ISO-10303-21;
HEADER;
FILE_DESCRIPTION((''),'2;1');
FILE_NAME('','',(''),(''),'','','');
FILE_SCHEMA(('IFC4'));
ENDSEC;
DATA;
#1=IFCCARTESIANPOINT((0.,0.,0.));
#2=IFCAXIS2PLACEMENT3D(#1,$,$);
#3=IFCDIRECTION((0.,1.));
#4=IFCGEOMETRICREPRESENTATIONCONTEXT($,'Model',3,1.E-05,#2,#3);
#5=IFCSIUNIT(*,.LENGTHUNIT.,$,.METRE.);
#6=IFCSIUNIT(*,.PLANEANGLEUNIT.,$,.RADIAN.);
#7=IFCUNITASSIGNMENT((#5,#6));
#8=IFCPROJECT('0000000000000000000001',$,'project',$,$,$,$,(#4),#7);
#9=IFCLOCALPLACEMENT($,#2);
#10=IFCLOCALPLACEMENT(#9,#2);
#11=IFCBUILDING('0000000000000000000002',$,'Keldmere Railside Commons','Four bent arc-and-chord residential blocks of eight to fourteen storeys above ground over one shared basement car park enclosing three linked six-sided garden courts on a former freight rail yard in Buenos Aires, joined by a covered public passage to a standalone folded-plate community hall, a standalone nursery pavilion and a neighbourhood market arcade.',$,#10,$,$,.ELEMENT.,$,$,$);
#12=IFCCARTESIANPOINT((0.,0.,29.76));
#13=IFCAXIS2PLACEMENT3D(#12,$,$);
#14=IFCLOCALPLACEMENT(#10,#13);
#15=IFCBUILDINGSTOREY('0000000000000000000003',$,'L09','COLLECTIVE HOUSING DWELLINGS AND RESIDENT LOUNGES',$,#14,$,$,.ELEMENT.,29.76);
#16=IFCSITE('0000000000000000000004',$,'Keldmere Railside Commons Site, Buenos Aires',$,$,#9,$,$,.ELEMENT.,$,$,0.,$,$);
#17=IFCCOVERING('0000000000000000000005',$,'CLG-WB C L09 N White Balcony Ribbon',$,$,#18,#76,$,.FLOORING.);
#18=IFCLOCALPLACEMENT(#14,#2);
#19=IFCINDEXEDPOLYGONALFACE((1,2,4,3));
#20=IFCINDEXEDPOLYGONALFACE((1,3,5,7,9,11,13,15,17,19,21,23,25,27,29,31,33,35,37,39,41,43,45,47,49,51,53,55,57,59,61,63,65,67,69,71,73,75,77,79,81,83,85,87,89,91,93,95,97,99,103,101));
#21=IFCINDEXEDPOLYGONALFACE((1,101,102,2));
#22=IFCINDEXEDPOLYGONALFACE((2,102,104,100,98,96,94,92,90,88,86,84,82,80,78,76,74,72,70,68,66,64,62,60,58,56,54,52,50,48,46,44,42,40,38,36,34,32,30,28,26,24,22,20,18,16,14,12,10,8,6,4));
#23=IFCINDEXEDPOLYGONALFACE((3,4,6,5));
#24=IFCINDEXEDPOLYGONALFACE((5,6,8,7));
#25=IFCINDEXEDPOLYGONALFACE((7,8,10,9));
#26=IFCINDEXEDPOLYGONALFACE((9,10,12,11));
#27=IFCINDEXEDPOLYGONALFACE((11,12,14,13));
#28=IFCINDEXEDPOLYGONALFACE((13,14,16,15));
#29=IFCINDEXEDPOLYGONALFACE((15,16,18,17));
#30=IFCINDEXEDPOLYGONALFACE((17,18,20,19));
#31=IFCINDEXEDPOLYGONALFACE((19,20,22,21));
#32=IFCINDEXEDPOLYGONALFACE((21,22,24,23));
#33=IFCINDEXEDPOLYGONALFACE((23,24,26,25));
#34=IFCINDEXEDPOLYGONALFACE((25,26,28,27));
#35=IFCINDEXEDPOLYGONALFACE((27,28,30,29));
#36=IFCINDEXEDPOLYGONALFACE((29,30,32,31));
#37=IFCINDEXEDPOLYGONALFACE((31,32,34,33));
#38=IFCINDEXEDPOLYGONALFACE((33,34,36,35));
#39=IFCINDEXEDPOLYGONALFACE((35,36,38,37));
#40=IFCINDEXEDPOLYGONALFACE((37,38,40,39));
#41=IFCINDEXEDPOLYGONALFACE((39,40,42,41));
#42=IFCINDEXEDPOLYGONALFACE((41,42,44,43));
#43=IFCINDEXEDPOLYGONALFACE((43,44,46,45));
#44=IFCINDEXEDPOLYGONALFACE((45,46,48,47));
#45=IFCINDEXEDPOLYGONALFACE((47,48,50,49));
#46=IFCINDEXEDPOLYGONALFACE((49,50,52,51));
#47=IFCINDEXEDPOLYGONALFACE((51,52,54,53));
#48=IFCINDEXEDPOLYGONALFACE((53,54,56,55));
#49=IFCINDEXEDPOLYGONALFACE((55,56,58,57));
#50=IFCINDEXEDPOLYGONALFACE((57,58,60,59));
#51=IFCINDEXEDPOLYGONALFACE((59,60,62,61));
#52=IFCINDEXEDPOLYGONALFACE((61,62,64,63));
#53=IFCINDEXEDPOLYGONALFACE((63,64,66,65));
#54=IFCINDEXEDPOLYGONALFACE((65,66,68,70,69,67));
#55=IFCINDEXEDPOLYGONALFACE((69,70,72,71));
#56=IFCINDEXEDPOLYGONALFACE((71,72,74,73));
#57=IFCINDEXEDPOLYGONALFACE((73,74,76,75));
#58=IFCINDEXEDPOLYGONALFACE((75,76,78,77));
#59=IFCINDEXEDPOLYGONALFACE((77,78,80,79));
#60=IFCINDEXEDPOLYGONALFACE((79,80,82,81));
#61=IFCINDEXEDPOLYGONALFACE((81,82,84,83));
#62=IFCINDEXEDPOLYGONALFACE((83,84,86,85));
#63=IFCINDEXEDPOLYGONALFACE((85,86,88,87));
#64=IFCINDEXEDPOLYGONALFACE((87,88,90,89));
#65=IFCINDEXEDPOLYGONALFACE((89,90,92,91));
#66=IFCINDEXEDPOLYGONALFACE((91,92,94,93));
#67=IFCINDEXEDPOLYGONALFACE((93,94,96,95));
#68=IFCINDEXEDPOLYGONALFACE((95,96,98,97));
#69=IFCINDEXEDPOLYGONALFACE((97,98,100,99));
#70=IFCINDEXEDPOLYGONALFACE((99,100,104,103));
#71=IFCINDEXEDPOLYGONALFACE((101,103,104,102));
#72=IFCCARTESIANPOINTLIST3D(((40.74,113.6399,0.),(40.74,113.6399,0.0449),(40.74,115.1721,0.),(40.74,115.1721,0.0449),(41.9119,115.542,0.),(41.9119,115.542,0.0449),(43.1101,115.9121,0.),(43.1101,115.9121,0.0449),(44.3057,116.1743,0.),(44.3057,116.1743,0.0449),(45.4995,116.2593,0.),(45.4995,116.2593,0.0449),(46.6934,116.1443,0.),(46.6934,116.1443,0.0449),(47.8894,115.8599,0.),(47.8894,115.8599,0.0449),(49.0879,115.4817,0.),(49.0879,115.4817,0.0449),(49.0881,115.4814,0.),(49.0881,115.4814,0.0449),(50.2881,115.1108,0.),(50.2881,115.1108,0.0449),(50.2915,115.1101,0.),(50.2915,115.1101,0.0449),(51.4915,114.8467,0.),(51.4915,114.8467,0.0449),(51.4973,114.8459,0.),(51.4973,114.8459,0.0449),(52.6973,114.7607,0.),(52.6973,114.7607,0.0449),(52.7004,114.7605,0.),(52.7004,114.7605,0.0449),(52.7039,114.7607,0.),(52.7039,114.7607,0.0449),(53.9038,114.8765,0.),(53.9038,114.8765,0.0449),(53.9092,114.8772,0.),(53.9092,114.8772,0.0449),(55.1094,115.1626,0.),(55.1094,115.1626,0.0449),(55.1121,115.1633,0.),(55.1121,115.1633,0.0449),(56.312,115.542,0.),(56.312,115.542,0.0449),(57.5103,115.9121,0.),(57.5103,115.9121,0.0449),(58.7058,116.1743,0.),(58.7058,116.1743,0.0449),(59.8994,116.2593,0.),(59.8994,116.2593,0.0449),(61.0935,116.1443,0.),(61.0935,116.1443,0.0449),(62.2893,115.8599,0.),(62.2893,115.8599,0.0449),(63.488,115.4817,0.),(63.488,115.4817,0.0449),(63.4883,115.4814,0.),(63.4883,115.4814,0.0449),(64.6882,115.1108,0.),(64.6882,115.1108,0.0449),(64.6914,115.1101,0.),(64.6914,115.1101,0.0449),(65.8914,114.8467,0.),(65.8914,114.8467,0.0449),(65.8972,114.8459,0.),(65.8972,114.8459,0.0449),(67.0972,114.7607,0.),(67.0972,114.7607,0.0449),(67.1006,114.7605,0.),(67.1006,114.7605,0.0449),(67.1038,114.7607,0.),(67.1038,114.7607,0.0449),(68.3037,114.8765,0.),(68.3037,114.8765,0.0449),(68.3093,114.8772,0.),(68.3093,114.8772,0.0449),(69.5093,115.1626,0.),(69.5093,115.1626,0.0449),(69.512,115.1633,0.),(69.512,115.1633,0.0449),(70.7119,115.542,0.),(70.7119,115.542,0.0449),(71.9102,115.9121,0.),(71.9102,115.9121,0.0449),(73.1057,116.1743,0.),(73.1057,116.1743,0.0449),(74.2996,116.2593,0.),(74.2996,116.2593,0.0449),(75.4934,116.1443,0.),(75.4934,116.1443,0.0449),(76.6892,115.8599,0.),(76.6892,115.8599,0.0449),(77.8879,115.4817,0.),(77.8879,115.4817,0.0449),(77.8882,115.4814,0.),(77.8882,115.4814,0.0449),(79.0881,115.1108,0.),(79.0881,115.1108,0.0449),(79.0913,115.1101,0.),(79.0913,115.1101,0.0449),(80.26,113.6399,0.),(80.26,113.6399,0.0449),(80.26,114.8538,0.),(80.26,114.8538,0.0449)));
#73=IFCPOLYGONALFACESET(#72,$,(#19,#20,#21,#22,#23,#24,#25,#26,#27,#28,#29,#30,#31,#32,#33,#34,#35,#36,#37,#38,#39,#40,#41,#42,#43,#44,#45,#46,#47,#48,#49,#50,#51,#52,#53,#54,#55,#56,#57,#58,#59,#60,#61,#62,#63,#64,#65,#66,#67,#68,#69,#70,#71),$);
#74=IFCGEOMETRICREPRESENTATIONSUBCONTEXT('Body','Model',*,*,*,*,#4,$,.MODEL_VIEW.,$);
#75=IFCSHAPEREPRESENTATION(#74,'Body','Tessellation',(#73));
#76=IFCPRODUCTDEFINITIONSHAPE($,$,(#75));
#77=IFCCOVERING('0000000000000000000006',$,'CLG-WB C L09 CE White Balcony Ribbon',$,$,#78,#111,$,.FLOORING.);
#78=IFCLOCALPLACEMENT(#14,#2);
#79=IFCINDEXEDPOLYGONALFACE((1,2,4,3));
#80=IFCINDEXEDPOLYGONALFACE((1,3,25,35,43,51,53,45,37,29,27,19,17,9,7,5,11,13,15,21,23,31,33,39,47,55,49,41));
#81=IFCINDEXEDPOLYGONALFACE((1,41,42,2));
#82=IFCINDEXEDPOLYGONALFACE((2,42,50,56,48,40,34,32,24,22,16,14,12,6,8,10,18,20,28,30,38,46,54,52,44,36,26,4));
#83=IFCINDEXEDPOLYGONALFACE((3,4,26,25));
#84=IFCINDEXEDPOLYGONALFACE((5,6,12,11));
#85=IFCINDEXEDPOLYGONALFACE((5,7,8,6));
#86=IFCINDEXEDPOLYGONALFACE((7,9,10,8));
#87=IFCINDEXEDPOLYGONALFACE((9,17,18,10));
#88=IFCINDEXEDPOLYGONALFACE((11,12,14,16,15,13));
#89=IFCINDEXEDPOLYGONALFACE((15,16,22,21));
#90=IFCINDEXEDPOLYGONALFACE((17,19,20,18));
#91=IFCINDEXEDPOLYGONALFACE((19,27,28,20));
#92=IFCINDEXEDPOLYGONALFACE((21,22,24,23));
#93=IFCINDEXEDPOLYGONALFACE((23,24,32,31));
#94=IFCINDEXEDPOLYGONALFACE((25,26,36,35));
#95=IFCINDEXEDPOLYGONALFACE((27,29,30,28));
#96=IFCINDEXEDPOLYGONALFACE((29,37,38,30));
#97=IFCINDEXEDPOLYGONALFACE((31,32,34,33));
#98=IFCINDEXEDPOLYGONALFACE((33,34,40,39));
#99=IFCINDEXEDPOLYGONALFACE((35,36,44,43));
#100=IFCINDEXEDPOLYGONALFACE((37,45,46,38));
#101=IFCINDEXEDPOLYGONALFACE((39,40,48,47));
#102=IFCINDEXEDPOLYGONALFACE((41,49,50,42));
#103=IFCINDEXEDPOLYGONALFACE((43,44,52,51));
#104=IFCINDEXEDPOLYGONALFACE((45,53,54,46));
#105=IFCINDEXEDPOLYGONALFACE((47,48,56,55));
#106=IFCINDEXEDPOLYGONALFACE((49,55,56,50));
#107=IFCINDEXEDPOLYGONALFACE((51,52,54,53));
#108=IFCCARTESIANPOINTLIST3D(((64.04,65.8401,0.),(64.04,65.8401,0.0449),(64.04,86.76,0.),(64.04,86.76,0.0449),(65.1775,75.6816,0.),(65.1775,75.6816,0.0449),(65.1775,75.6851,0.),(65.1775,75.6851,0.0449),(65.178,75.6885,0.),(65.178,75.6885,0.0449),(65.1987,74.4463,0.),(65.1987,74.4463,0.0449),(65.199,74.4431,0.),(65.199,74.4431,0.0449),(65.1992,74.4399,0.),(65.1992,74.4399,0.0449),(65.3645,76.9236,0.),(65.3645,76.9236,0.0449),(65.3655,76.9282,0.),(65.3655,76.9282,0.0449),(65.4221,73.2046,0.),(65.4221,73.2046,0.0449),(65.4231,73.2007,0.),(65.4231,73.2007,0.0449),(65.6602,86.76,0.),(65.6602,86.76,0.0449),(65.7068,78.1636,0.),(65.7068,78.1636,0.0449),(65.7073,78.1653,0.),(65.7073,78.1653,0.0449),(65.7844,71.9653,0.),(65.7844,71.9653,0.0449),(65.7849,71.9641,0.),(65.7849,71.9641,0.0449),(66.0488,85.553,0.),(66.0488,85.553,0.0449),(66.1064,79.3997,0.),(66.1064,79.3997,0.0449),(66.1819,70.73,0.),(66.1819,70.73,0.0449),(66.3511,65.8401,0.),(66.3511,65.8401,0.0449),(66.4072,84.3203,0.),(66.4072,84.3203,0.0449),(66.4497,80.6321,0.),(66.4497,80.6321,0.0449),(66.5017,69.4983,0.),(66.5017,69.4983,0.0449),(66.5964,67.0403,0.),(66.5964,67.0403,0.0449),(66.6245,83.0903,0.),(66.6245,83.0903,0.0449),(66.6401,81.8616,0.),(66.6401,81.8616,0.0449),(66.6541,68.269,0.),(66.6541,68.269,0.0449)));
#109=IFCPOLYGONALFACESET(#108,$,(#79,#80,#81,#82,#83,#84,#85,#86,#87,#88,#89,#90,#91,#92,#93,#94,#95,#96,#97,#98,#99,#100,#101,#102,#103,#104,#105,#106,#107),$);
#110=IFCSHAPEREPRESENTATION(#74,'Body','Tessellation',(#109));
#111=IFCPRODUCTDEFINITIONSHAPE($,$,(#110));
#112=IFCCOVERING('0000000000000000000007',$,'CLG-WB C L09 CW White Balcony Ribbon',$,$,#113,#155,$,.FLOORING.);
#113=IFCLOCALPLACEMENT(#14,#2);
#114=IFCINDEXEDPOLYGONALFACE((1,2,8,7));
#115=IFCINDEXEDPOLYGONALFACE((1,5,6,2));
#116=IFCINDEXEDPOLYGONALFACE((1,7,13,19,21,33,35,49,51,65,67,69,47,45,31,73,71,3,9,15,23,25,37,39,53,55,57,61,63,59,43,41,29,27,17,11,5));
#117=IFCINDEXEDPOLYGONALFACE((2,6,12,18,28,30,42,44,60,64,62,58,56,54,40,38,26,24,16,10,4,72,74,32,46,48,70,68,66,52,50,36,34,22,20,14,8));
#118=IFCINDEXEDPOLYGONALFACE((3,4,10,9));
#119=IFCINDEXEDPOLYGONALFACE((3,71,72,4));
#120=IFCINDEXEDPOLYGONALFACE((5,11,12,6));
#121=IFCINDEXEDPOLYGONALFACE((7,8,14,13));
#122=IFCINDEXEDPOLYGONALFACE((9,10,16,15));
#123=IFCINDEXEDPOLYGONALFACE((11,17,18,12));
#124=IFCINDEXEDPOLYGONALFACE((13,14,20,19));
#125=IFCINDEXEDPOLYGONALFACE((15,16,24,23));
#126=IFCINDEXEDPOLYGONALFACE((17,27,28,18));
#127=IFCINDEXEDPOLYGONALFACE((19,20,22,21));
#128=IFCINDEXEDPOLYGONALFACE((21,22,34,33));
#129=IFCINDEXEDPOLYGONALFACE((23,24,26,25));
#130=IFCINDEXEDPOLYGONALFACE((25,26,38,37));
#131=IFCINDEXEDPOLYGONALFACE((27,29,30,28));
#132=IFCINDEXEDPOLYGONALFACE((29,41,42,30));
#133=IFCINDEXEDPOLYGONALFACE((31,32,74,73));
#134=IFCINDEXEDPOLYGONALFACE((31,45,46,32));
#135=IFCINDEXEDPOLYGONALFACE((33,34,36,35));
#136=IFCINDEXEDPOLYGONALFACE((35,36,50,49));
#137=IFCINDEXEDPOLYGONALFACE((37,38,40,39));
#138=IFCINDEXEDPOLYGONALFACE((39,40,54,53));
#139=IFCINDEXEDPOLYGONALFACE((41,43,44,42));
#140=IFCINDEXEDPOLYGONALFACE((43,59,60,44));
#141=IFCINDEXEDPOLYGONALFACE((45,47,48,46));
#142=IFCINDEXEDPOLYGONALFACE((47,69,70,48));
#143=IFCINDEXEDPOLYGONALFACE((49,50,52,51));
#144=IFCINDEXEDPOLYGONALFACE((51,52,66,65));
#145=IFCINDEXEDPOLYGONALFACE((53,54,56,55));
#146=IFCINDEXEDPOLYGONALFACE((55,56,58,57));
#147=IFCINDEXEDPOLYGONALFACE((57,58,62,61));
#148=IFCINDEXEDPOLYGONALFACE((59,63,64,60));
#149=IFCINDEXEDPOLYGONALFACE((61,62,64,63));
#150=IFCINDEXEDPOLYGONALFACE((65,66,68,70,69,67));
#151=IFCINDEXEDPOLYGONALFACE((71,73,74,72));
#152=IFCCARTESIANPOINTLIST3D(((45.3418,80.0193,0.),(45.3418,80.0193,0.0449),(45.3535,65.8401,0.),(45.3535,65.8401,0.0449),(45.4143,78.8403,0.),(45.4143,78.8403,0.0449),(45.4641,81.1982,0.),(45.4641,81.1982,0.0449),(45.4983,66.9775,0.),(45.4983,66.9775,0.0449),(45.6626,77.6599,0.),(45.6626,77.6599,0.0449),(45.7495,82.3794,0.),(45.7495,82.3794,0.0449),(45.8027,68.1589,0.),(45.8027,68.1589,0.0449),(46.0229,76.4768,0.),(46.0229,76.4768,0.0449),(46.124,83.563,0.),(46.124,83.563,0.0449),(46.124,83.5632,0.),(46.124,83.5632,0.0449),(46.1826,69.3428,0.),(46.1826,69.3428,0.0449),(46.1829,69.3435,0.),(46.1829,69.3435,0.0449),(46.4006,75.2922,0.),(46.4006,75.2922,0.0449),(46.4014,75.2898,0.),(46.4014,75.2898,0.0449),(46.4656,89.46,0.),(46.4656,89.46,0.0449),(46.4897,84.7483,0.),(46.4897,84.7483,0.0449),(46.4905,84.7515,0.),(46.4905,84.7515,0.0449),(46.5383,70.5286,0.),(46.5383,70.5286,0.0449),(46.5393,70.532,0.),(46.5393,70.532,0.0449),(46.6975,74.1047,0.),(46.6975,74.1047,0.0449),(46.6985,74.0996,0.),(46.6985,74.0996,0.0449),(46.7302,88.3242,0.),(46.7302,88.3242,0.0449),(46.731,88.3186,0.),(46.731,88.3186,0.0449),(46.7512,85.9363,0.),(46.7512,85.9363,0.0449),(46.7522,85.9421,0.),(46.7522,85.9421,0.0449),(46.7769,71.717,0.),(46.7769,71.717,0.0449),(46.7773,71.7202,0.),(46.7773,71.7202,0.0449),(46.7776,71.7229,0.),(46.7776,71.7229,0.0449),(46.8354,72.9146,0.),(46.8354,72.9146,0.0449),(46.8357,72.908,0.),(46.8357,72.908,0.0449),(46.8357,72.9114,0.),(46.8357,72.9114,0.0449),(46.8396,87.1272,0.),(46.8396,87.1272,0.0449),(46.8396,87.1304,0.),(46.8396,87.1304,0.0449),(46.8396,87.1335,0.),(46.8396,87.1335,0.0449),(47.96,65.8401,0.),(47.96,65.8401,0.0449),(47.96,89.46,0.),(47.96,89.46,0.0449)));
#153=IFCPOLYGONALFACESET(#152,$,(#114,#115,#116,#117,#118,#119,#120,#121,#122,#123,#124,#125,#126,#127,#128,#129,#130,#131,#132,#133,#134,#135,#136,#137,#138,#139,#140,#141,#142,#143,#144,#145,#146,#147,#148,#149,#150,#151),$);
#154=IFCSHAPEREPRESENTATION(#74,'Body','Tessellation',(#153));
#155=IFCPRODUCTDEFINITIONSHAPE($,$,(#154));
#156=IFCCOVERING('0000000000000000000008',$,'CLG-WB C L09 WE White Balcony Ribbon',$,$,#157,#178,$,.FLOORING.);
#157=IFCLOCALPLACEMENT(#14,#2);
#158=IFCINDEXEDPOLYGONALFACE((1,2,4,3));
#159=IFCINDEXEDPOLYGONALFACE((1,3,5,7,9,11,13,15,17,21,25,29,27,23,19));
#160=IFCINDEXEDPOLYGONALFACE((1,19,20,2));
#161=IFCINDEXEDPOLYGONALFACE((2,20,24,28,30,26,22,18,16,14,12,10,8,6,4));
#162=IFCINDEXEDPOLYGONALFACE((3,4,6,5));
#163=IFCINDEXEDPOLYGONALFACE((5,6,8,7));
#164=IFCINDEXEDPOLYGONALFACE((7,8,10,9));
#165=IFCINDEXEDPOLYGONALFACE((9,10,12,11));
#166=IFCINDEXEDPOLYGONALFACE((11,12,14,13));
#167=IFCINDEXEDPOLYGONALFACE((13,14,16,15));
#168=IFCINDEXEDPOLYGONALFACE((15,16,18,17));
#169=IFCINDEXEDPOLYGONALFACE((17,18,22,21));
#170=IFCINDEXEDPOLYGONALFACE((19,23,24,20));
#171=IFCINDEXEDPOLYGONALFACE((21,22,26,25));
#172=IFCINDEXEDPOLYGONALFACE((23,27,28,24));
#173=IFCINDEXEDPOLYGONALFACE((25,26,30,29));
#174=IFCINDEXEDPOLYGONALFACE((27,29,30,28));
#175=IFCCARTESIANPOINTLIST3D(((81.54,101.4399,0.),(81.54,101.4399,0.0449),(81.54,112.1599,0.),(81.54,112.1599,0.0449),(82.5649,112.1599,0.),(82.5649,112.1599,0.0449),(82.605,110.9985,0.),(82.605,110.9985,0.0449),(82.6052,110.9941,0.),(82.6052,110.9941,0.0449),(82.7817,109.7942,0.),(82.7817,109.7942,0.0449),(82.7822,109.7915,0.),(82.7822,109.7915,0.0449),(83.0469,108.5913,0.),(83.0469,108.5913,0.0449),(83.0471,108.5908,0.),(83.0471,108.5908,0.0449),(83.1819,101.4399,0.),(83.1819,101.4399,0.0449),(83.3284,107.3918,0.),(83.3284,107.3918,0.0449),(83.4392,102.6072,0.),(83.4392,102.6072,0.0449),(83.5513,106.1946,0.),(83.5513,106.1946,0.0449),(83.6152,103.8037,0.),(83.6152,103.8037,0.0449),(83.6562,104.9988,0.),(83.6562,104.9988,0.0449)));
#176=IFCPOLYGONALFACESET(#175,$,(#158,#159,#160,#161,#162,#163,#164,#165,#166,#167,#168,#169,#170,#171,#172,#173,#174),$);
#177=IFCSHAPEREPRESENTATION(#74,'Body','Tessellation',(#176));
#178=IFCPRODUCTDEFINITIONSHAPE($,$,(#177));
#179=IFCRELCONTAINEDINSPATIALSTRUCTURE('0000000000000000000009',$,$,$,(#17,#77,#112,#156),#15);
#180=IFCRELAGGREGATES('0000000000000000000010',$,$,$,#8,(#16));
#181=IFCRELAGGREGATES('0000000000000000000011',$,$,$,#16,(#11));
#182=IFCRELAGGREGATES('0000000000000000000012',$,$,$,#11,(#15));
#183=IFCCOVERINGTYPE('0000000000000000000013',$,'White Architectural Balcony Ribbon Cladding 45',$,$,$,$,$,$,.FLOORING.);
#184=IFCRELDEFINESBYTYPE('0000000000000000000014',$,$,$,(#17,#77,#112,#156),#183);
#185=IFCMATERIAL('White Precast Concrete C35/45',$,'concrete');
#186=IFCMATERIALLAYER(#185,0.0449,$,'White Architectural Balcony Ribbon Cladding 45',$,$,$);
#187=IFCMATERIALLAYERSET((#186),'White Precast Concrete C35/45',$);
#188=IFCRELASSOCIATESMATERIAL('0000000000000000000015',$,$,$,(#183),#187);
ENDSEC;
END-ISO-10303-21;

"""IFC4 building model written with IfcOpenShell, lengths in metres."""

from ifc_helpers import new_model, si_unit, direction, frame, origin, place, context, subcontext, project, spatial, polyline, outline, extrude, material, layer, layer_set, type_object, element, save


model = new_model("IFC4")

# Units and contexts
model_context = context("Model", 3, precision=1e-05, world=origin(), true_north=direction((0.0, 1.0)))
body_context = subcontext(model_context, "Body", "Model", "MODEL_VIEW")
ifc_project = project(units=[si_unit("LENGTHUNIT", "METRE"), si_unit("PLANEANGLEUNIT", "RADIAN")], contexts=[model_context])

# Site, building, storey
site_placement = place(None, origin())
site = spatial("IfcSite", under=ifc_project, at=site_placement, Name="Keldmere Railside Commons Site, Buenos Aires", CompositionType="ELEMENT", RefElevation=0.0)
building_placement = place(site_placement, origin())
building = spatial("IfcBuilding", under=site, at=building_placement, Name="Keldmere Railside Commons", Description="Four bent arc-and-chord residential blocks of eight to fourteen storeys above ground over one shared basement car park enclosing three linked six-sided garden courts on a former freight rail yard in Buenos Aires, joined by a covered public passage to a standalone folded-plate community hall, a standalone nursery pavilion and a neighbourhood market arcade.", CompositionType="ELEMENT")
storey_placement = place(building_placement, frame((0.0, 0.0, 29.76)))
storey = spatial("IfcBuildingStorey", under=building, at=storey_placement, Name="L09", Description="COLLECTIVE HOUSING DWELLINGS AND RESIDENT LOUNGES", CompositionType="ELEMENT", Elevation=29.76)

# Coverings
ifc_material_1 = material(Name="White Precast Concrete C35/45", Category="concrete")
ifc_layer_1 = layer(ifc_material_1, 0.0449, Name="White Architectural Balcony Ribbon Cladding 45")
ifc_layer_set_1 = layer_set([ifc_layer_1], Name="White Precast Concrete C35/45")
covering_type = type_object("IfcCoveringType", Name="White Architectural Balcony Ribbon Cladding 45", PredefinedType="FLOORING", material=ifc_layer_set_1)
covering_1_placement = place(storey_placement, origin())
element("IfcCovering", 1, at=covering_1_placement, inside=storey, type_object=covering_type, Name="CLG-WB C L09 N White Balcony Ribbon", PredefinedType="FLOORING", context=body_context, shape_type="SweptSolid", body=[
    extrude(outline(polyline([(80.26, 113.6399), (80.26, 114.8538), (79.0913, 115.1101), (79.0881, 115.1108), (77.8882, 115.4814), (77.8879, 115.4817), (76.6892, 115.8599), (75.4934, 116.1443), (74.2996, 116.2593), (73.1057, 116.1743), (71.9102, 115.9121), (70.7119, 115.542), (69.512, 115.1633), (69.5093, 115.1626), (68.3093, 114.8772), (68.3037, 114.8765), (67.1038, 114.7607), (67.1006, 114.7605), (67.0972, 114.7607), (65.8972, 114.8459), (65.8914, 114.8467), (64.6914, 115.1101), (64.6882, 115.1108), (63.4883, 115.4814), (63.488, 115.4817), (62.2893, 115.8599), (61.0935, 116.1443), (59.8994, 116.2593), (58.7058, 116.1743), (57.5103, 115.9121), (56.312, 115.542), (55.1121, 115.1633), (55.1094, 115.1626), (53.9092, 114.8772), (53.9038, 114.8765), (52.7039, 114.7607), (52.7004, 114.7605), (52.6973, 114.7607), (51.4973, 114.8459), (51.4915, 114.8467), (50.2915, 115.1101), (50.2881, 115.1108), (49.0881, 115.4814), (49.0879, 115.4817), (47.8894, 115.8599), (46.6934, 116.1443), (45.4995, 116.2593), (44.3057, 116.1743), (43.1101, 115.9121), (41.9119, 115.542), (40.74, 115.1721), (40.74, 113.6399), (80.26, 113.6399)])), origin(), (0.0, 0.0, 1.0), 0.0449),
])
covering_2_placement = place(storey_placement, origin())
element("IfcCovering", 2, at=covering_2_placement, inside=storey, type_object=covering_type, Name="CLG-WB C L09 CE White Balcony Ribbon", PredefinedType="FLOORING", context=body_context, shape_type="SweptSolid", body=[
    extrude(outline(polyline([(66.5964, 67.0403), (66.6541, 68.269), (66.5017, 69.4983), (66.1819, 70.73), (65.7849, 71.9641), (65.7844, 71.9653), (65.4231, 73.2007), (65.4221, 73.2046), (65.1992, 74.4399), (65.199, 74.4431), (65.1987, 74.4463), (65.1775, 75.6816), (65.1775, 75.6851), (65.178, 75.6885), (65.3645, 76.9236), (65.3655, 76.9282), (65.7068, 78.1636), (65.7073, 78.1653), (66.1064, 79.3997), (66.4497, 80.6321), (66.6401, 81.8616), (66.6245, 83.0903), (66.4072, 84.3203), (66.0488, 85.553), (65.6602, 86.76), (64.04, 86.76), (64.04, 65.8401), (66.3511, 65.8401), (66.5964, 67.0403)])), origin(), (0.0, 0.0, 1.0), 0.0449),
])
covering_3_placement = place(storey_placement, origin())
element("IfcCovering", 3, at=covering_3_placement, inside=storey, type_object=covering_type, Name="CLG-WB C L09 CW White Balcony Ribbon", PredefinedType="FLOORING", context=body_context, shape_type="SweptSolid", body=[
    extrude(outline(polyline([(47.96, 89.46), (46.4656, 89.46), (46.7302, 88.3242), (46.731, 88.3186), (46.8396, 87.1335), (46.8396, 87.1304), (46.8396, 87.1272), (46.7522, 85.9421), (46.7512, 85.9363), (46.4905, 84.7515), (46.4897, 84.7483), (46.124, 83.5632), (46.124, 83.563), (45.7495, 82.3794), (45.4641, 81.1982), (45.3418, 80.0193), (45.4143, 78.8403), (45.6626, 77.6599), (46.0229, 76.4768), (46.4006, 75.2922), (46.4014, 75.2898), (46.6975, 74.1047), (46.6985, 74.0996), (46.8354, 72.9146), (46.8357, 72.9114), (46.8357, 72.908), (46.7776, 71.7229), (46.7773, 71.7202), (46.7769, 71.717), (46.5393, 70.532), (46.5383, 70.5286), (46.1829, 69.3435), (46.1826, 69.3428), (45.8027, 68.1589), (45.4983, 66.9775), (45.3535, 65.8401), (47.96, 65.8401), (47.96, 89.46)])), origin(), (0.0, 0.0, 1.0), 0.0449),
])
covering_4_placement = place(storey_placement, origin())
element("IfcCovering", 4, at=covering_4_placement, inside=storey, type_object=covering_type, Name="CLG-WB C L09 WE White Balcony Ribbon", PredefinedType="FLOORING", context=body_context, shape_type="SweptSolid", body=[
    extrude(outline(polyline([(83.4392, 102.6072), (83.6152, 103.8037), (83.6562, 104.9988), (83.5513, 106.1946), (83.3284, 107.3918), (83.0471, 108.5908), (83.0469, 108.5913), (82.7822, 109.7915), (82.7817, 109.7942), (82.6052, 110.9941), (82.605, 110.9985), (82.5649, 112.1599), (81.54, 112.1599), (81.54, 101.4399), (83.1819, 101.4399), (83.4392, 102.6072)])), origin(), (0.0, 0.0, 1.0), 0.0449),
])

save(model, "model.ifc")
